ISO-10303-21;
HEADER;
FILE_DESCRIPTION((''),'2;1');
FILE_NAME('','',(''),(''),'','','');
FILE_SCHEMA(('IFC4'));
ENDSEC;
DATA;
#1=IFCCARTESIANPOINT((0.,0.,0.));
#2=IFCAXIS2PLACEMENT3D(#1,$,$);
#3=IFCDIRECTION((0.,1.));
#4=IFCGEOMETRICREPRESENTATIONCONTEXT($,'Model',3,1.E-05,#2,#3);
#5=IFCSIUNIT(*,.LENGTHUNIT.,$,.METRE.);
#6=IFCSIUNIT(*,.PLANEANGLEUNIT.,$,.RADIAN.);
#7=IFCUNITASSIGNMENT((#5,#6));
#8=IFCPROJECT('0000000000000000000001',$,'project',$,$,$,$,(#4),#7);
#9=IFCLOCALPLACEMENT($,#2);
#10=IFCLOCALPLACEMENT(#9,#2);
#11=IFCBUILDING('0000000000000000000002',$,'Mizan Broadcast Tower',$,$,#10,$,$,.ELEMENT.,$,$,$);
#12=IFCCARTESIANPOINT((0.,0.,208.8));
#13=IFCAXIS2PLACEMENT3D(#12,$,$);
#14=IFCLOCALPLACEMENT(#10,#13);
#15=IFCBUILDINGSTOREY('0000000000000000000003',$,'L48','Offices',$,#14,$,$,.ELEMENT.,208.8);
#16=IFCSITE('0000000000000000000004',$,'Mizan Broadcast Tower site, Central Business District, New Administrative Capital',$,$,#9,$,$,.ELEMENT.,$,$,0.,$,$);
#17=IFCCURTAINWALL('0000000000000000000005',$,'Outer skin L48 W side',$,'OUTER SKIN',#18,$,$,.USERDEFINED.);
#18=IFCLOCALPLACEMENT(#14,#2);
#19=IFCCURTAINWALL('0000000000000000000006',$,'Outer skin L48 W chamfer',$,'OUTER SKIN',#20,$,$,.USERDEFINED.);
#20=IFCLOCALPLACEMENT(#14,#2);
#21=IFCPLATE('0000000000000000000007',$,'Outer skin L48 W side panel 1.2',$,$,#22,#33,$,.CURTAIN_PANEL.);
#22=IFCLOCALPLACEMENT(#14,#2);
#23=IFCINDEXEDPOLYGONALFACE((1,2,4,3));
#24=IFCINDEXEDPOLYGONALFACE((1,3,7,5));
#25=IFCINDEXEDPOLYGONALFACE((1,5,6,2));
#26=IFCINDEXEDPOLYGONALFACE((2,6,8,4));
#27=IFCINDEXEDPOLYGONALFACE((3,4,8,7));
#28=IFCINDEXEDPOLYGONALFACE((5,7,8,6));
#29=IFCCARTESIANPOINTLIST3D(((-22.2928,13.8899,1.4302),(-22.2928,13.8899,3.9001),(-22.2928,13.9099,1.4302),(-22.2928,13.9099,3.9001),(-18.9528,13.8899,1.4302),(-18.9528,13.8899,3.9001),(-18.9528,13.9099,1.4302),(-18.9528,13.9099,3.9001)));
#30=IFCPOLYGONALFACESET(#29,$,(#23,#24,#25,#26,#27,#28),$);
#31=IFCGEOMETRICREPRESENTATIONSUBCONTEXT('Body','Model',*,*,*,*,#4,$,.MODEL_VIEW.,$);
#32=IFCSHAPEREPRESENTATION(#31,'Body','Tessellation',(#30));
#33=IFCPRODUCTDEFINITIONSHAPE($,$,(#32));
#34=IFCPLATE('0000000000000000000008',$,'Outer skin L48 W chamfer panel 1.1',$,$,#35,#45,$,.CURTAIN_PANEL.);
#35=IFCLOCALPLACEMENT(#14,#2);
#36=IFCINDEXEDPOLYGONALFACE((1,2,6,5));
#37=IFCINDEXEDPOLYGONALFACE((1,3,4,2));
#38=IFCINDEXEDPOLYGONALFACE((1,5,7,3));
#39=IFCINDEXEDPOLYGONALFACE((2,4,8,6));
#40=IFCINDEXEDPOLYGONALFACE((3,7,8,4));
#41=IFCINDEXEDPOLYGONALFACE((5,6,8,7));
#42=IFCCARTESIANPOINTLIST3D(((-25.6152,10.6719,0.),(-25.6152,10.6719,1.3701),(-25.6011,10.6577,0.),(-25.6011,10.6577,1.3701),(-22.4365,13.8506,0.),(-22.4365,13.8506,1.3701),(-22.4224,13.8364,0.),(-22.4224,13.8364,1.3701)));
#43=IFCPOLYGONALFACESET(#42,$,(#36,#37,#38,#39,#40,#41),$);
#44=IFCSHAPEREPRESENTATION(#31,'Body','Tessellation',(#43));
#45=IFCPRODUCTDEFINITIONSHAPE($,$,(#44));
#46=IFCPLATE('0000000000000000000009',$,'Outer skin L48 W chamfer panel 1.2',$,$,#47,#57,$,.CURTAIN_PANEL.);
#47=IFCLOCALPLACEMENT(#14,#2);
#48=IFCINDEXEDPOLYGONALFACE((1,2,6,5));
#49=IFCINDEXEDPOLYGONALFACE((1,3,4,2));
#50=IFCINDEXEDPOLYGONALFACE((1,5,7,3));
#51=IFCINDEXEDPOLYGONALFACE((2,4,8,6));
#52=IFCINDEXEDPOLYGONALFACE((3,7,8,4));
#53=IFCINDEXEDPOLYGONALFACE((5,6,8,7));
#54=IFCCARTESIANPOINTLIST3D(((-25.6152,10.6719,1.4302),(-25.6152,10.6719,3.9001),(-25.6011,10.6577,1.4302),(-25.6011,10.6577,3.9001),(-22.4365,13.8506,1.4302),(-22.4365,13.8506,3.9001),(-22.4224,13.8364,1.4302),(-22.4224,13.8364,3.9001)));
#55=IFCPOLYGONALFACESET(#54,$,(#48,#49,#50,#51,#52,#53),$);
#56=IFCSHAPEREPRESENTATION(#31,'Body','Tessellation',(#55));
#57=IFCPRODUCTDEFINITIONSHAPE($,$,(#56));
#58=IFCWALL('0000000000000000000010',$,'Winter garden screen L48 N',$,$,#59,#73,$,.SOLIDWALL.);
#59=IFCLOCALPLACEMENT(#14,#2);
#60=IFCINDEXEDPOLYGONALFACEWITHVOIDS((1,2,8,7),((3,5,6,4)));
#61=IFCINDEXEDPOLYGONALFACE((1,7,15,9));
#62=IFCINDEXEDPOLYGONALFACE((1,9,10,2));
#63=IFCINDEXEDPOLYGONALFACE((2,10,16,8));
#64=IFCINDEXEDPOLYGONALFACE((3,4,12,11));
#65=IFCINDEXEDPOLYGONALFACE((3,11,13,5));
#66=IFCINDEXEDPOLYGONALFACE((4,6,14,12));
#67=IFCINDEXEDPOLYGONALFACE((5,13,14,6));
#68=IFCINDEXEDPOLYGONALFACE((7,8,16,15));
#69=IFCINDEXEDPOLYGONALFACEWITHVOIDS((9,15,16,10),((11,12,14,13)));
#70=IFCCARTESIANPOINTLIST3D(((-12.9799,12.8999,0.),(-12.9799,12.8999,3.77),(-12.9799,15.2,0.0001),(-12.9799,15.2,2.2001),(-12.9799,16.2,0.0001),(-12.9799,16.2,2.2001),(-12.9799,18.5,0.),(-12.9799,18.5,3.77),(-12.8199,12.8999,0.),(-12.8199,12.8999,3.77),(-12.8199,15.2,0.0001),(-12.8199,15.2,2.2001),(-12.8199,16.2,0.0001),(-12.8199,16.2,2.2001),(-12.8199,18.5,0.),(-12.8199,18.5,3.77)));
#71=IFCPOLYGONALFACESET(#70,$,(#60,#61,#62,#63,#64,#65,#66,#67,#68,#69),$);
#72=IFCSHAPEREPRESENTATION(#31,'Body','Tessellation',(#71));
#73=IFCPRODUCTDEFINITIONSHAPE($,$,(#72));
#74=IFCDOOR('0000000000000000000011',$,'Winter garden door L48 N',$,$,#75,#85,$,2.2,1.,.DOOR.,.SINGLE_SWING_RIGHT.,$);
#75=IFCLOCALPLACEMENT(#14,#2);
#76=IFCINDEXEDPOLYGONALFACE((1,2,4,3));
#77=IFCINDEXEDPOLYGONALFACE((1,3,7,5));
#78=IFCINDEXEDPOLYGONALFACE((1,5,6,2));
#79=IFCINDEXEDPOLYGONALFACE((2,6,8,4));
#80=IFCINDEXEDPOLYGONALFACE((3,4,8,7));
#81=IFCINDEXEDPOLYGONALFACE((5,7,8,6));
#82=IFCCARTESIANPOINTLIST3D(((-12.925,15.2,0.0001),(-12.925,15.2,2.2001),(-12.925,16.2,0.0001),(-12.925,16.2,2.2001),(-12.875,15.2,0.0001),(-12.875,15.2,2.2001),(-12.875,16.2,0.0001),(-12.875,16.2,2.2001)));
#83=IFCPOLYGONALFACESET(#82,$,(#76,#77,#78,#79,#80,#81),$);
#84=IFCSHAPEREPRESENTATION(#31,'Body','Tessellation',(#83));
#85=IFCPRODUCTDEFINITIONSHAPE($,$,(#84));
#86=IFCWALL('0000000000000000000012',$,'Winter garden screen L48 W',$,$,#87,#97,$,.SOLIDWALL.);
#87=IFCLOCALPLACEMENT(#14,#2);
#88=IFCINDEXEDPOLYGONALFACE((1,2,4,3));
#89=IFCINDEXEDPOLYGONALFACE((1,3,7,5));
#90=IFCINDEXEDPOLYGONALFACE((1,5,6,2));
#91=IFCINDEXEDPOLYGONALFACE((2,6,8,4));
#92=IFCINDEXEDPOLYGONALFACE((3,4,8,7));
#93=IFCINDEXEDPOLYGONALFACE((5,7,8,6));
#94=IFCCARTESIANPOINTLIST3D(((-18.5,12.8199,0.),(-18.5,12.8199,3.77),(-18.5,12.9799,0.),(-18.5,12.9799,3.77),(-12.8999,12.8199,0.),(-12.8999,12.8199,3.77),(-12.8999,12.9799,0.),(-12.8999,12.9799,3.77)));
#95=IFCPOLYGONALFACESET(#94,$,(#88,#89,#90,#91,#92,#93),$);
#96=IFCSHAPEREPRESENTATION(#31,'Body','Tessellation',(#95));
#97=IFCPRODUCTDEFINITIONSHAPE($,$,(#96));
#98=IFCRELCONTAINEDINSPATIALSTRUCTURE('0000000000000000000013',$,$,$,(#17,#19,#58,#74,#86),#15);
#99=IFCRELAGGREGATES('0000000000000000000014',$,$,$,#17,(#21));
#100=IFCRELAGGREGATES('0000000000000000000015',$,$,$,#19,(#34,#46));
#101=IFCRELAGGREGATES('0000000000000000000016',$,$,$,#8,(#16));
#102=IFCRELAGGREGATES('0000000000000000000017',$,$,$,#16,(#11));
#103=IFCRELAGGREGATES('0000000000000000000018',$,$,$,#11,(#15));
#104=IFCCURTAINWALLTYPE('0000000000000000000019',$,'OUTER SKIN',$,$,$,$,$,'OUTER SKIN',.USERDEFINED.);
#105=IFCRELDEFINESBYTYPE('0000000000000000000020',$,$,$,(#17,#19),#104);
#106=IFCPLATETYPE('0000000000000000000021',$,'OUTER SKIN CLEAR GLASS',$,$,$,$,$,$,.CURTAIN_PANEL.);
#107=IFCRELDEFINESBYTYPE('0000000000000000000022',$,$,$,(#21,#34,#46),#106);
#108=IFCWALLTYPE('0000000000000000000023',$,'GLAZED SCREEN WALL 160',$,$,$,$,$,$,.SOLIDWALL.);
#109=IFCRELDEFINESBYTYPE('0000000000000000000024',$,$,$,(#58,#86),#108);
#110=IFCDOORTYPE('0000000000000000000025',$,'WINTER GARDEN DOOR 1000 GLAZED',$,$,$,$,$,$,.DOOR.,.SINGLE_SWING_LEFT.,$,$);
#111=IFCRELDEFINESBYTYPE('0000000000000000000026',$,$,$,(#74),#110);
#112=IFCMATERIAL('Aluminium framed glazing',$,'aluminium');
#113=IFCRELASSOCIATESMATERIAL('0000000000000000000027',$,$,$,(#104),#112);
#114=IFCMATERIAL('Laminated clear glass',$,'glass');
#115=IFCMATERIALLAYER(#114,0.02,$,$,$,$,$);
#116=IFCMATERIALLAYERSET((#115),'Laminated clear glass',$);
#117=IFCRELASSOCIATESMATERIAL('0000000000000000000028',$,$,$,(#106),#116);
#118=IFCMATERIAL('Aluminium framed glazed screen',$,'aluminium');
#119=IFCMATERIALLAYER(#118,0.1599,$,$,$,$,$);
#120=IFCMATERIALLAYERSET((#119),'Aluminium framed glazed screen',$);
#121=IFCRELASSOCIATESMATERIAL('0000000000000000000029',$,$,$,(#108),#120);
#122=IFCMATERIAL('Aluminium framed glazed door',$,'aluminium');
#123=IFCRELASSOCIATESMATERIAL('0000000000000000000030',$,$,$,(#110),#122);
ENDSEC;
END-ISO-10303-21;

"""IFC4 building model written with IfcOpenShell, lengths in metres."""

from ifc_helpers import new_model, si_unit, direction, frame, frame_2d, origin, origin_2d, place, context, subcontext, project, spatial, rectangle, extrude, material, layer, layer_set, type_object, element, fill, aggregate, save


model = new_model("IFC4")

# Units and contexts
model_context = context("Model", 3, precision=1e-05, world=origin(), true_north=direction((0.0, 1.0)))
body_context = subcontext(model_context, "Body", "Model", "MODEL_VIEW")
ifc_project = project(units=[si_unit("LENGTHUNIT", "METRE"), si_unit("PLANEANGLEUNIT", "RADIAN")], contexts=[model_context])

# Site, building, storey
site_placement = place(None, origin())
site = spatial("IfcSite", under=ifc_project, at=site_placement, Name="Mizan Broadcast Tower site, Central Business District, New Administrative Capital", CompositionType="ELEMENT", RefElevation=0.0)
building_placement = place(site_placement, origin())
building = spatial("IfcBuilding", under=site, at=building_placement, Name="Mizan Broadcast Tower", CompositionType="ELEMENT")
storey_placement = place(building_placement, frame((0.0, 0.0, 208.8)))
storey = spatial("IfcBuildingStorey", under=building, at=storey_placement, Name="L48", Description="Offices", CompositionType="ELEMENT", Elevation=208.8)

# Curtain wall
ifc_material_1 = material(Name="Aluminium framed glazing", Category="aluminium")
curtain_wall_type_1 = type_object("IfcCurtainWallType", Name="OUTER SKIN", ElementType="OUTER SKIN", PredefinedType="USERDEFINED", material=ifc_material_1)
curtain_wall_1_placement = place(storey_placement, origin())
curtain_wall_1 = element("IfcCurtainWall", 1, at=curtain_wall_1_placement, inside=storey, type_object=curtain_wall_type_1, Name="Outer skin L48 W side", ObjectType="OUTER SKIN", PredefinedType="USERDEFINED")

# Curtain wall
curtain_wall_2_placement = place(storey_placement, origin())
curtain_wall_2 = element("IfcCurtainWall", 2, at=curtain_wall_2_placement, inside=storey, type_object=curtain_wall_type_1, Name="Outer skin L48 W chamfer", ObjectType="OUTER SKIN", PredefinedType="USERDEFINED")

# Plates
ifc_material_2 = material(Name="Laminated clear glass", Category="glass")
ifc_layer_1 = layer(ifc_material_2, 0.02)
ifc_layer_set_1 = layer_set([ifc_layer_1], Name="Laminated clear glass")
plate_type_1 = type_object("IfcPlateType", Name="OUTER SKIN CLEAR GLASS", PredefinedType="CURTAIN_PANEL", material=ifc_layer_set_1)
plate_1_placement = place(storey_placement, frame((-20.6228, 13.8999, 1.4302), z_axis=(0.0, 0.0, 1.0), x_axis=(-1.0, 0.0, 0.0)))
plate_1 = element("IfcPlate", 3, at=plate_1_placement, type_object=plate_type_1, Name="Outer skin L48 W side panel 1.2", PredefinedType="CURTAIN_PANEL", context=body_context, shape_type="SweptSolid", body=[
    extrude(rectangle(XDim=3.3401, YDim=0.02, at=origin_2d()), origin(), (0.0, 0.0, 1.0), 2.47),
])
aggregate(curtain_wall_1, [plate_1])
plate_2_placement = place(storey_placement, frame((-24.0188, 12.2542, 0.0), z_axis=(0.0, 0.0, 1.0), x_axis=(-0.707107, -0.707107, 0.0)))
plate_2 = element("IfcPlate", 4, at=plate_2_placement, type_object=plate_type_1, Name="Outer skin L48 W chamfer panel 1.1", PredefinedType="CURTAIN_PANEL", context=body_context, shape_type="SweptSolid", body=[
    extrude(rectangle(XDim=4.4954, YDim=0.02, at=origin_2d()), origin(), (0.0, 0.0, 1.0), 1.3701),
])
plate_3_placement = place(storey_placement, frame((-24.0188, 12.2542, 1.4302), z_axis=(0.0, 0.0, 1.0), x_axis=(-0.707107, -0.707107, 0.0)))
plate_3 = element("IfcPlate", 5, at=plate_3_placement, type_object=plate_type_1, Name="Outer skin L48 W chamfer panel 1.2", PredefinedType="CURTAIN_PANEL", context=body_context, shape_type="SweptSolid", body=[
    extrude(rectangle(XDim=4.4954, YDim=0.02, at=origin_2d()), origin(), (0.0, 0.0, 1.0), 2.47),
])
aggregate(curtain_wall_2, [plate_2, plate_3])

# Wall, opening, door
ifc_material_3 = material(Name="Aluminium framed glazed screen", Category="aluminium")
ifc_layer_2 = layer(ifc_material_3, 0.1599)
ifc_layer_set_2 = layer_set([ifc_layer_2], Name="Aluminium framed glazed screen")
wall_type = type_object("IfcWallType", Name="GLAZED SCREEN WALL 160", PredefinedType="SOLIDWALL", material=ifc_layer_set_2)
wall_1_placement = place(storey_placement, frame((-12.8999, 18.5, 0.0), z_axis=(0.0, 0.0, 1.0), x_axis=(0.0, -1.0, 0.0)))
wall_1 = element("IfcWall", 6, at=wall_1_placement, inside=storey, type_object=wall_type, Name="Winter garden screen L48 N", PredefinedType="SOLIDWALL", context=body_context, shape_type="SweptSolid", body=[
    extrude(rectangle(XDim=5.6001, YDim=0.1599, at=frame_2d((2.8, 0.0))), origin(), (0.0, 0.0, 1.0), 3.77),
])
opening_placement = place(wall_1_placement, frame((2.3, 0.0, 0.0)))
opening = element("IfcOpeningElement", 7, at=opening_placement, cuts=wall_1, PredefinedType="OPENING", context=body_context, shape_type="SweptSolid", body=[
    extrude(rectangle(XDim=1.0, YDim=2.2, at=frame_2d((0.5, 1.1001))), frame((0.0, 0.0898, 0.0), z_axis=(0.0, -1.0, 0.0), x_axis=(1.0, 0.0, 0.0)), (0.0, 0.0, 1.0), 0.1799),
])
ifc_material_4 = material(Name="Aluminium framed glazed door", Category="aluminium")
door_type = type_object("IfcDoorType", Name="WINTER GARDEN DOOR 1000 GLAZED", OperationType="SINGLE_SWING_LEFT", PredefinedType="DOOR", material=ifc_material_4)
door_placement = place(opening_placement, origin())
door = element("IfcDoor", 8, at=door_placement, inside=storey, type_object=door_type, Name="Winter garden door L48 N", OperationType="SINGLE_SWING_RIGHT", OverallHeight=2.2, OverallWidth=1.0, PredefinedType="DOOR", context=body_context, shape_type="SweptSolid", body=[
    extrude(rectangle(XDim=1.0, YDim=2.2, at=frame_2d((0.5, 1.1001))), frame((0.0, 0.0249, 0.0), z_axis=(0.0, -1.0, 0.0), x_axis=(1.0, 0.0, 0.0)), (0.0, 0.0, 1.0), 0.05),
])
fill(opening, door)

# Wall
wall_2_placement = place(storey_placement, frame((-12.8999, 12.8999, 0.0), z_axis=(0.0, 0.0, 1.0), x_axis=(-1.0, 0.0, 0.0)))
element("IfcWall", 9, at=wall_2_placement, inside=storey, type_object=wall_type, Name="Winter garden screen L48 W", PredefinedType="SOLIDWALL", context=body_context, shape_type="SweptSolid", body=[
    extrude(rectangle(XDim=5.6001, YDim=0.1599, at=frame_2d((2.8, 0.0))), origin(), (0.0, 0.0, 1.0), 3.77),
])

save(model, "model.ifc")
